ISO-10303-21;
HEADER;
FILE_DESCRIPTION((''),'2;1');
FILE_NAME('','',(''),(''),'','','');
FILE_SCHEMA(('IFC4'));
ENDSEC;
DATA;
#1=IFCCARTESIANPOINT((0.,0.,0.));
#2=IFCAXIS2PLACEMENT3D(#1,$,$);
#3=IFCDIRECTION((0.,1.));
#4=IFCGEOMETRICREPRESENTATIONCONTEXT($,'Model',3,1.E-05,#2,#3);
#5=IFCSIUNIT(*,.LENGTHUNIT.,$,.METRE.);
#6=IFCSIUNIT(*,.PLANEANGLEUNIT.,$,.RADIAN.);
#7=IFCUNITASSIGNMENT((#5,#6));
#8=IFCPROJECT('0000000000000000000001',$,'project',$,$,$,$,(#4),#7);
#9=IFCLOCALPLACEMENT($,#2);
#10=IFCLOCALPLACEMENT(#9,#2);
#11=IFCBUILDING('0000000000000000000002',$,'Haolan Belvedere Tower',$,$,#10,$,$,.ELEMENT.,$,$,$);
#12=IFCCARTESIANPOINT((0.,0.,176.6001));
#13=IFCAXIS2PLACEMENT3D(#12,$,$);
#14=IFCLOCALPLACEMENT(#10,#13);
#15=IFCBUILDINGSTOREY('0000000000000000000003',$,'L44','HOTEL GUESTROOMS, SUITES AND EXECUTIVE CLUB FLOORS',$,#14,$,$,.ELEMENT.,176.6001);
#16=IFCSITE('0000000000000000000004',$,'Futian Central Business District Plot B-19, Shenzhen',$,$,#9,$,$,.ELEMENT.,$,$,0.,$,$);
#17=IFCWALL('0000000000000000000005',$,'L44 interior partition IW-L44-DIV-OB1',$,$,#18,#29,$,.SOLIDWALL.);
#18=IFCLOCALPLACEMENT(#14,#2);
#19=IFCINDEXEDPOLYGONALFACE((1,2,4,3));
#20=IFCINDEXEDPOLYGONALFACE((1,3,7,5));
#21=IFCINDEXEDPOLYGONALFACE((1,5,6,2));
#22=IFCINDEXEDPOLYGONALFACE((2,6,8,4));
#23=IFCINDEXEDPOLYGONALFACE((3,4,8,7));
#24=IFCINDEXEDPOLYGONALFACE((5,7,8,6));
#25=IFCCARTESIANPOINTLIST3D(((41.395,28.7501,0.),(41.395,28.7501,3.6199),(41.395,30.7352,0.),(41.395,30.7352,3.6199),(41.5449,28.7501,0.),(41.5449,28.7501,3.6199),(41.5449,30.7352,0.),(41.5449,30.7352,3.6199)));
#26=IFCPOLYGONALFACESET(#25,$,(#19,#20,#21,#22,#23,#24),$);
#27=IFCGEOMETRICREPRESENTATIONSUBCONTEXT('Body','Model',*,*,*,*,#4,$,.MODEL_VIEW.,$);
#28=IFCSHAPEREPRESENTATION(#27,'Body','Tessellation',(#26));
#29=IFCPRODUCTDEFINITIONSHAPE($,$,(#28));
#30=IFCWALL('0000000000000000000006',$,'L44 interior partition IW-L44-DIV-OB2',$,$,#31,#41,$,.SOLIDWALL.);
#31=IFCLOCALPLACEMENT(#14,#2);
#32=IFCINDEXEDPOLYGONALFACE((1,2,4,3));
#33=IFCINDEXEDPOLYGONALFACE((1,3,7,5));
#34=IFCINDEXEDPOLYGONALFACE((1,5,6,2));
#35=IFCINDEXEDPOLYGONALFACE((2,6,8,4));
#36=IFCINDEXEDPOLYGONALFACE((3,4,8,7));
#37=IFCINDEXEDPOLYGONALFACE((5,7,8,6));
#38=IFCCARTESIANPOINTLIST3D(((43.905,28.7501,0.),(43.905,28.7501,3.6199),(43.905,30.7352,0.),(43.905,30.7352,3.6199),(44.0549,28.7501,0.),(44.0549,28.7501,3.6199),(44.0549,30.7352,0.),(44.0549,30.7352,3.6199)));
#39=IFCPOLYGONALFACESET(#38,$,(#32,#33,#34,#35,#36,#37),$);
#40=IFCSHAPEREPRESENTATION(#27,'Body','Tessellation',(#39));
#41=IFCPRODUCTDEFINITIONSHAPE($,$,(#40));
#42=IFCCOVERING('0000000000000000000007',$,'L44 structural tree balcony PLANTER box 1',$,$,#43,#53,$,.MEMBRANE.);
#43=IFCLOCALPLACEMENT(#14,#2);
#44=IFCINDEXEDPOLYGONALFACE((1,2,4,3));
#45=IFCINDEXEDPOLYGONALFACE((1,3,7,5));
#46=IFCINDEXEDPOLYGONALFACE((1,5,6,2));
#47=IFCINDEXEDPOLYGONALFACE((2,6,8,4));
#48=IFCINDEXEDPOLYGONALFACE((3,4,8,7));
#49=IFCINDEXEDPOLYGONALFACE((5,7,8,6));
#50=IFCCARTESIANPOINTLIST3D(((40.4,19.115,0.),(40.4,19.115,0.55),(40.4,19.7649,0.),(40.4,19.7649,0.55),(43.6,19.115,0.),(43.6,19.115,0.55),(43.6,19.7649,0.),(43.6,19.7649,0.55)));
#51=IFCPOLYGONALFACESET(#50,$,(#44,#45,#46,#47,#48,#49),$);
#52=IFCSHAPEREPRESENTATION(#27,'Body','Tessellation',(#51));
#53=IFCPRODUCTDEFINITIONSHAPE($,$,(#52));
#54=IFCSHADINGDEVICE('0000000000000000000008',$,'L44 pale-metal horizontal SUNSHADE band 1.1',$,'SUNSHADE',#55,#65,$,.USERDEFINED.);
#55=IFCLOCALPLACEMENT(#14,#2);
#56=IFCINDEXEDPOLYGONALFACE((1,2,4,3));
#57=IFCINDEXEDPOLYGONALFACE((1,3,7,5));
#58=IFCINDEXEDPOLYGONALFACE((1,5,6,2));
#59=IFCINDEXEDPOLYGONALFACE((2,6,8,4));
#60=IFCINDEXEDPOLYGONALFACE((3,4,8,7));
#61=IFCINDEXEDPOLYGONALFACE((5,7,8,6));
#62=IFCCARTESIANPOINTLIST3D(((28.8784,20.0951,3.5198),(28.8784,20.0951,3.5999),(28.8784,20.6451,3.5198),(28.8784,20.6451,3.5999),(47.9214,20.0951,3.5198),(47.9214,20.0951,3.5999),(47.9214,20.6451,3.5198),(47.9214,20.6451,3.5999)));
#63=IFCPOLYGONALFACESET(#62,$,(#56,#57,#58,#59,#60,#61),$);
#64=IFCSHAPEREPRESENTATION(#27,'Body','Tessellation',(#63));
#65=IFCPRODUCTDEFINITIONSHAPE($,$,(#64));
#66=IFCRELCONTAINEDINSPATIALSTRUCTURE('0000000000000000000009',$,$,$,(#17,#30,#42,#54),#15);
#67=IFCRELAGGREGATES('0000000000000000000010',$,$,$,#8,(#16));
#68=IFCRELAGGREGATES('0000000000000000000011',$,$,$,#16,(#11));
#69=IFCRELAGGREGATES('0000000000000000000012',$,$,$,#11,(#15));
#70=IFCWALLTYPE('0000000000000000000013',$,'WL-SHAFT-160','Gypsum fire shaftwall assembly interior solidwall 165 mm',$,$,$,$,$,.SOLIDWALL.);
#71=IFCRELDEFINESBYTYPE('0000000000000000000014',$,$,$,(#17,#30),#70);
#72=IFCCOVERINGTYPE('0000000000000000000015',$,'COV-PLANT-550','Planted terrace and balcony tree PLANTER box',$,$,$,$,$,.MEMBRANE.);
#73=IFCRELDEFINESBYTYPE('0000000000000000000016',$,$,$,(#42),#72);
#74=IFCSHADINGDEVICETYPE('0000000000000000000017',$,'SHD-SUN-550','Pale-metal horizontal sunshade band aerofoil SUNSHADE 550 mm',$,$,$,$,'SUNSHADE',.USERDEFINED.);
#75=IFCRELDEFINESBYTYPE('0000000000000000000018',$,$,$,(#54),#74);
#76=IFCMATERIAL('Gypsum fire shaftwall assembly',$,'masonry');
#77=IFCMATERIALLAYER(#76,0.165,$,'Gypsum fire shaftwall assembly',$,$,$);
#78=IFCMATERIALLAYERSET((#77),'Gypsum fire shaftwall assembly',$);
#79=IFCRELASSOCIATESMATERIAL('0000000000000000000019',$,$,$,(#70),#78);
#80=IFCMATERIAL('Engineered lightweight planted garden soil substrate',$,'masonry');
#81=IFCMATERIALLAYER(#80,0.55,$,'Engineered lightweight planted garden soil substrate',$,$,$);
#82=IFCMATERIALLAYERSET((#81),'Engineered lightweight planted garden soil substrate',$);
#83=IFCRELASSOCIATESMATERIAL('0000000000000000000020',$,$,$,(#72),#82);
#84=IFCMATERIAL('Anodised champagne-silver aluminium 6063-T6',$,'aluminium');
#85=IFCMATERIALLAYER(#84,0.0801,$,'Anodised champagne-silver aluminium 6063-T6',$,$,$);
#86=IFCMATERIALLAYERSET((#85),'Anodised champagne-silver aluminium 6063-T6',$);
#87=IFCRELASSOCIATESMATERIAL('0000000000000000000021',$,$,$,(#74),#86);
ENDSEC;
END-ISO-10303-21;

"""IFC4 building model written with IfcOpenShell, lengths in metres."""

from ifc_helpers import new_model, si_unit, direction, frame, frame_2d, origin, origin_2d, place, context, subcontext, project, spatial, rectangle, extrude, material, layer, layer_set, type_object, element, save


model = new_model("IFC4")

# Units and contexts
model_context = context("Model", 3, precision=1e-05, world=origin(), true_north=direction((0.0, 1.0)))
body_context = subcontext(model_context, "Body", "Model", "MODEL_VIEW")
ifc_project = project(units=[si_unit("LENGTHUNIT", "METRE"), si_unit("PLANEANGLEUNIT", "RADIAN")], contexts=[model_context])

# Site, building, storey
site_placement = place(None, origin())
site = spatial("IfcSite", under=ifc_project, at=site_placement, Name="Futian Central Business District Plot B-19, Shenzhen", CompositionType="ELEMENT", RefElevation=0.0)
building_placement = place(site_placement, origin())
building = spatial("IfcBuilding", under=site, at=building_placement, Name="Haolan Belvedere Tower", CompositionType="ELEMENT")
storey_placement = place(building_placement, frame((0.0, 0.0, 176.6001)))
storey = spatial("IfcBuildingStorey", under=building, at=storey_placement, Name="L44", Description="HOTEL GUESTROOMS, SUITES AND EXECUTIVE CLUB FLOORS", CompositionType="ELEMENT", Elevation=176.6001)

# Shared definitions
ifc_material_1 = material(Name="Gypsum fire shaftwall assembly", Category="masonry")
ifc_layer_1 = layer(ifc_material_1, 0.165, Name="Gypsum fire shaftwall assembly")
ifc_layer_set_1 = layer_set([ifc_layer_1], Name="Gypsum fire shaftwall assembly")
wall_type_1 = type_object("IfcWallType", Name="WL-SHAFT-160", Description="Gypsum fire shaftwall assembly interior solidwall 165 mm", PredefinedType="SOLIDWALL", material=ifc_layer_set_1)

# Walls
for number, where, z_axis, x_axis, name in (
    (1, (41.47, 28.75, 0.0), (0.0, 0.0, 1.0), (0.0, 1.0, 0.0), "L44 interior partition IW-L44-DIV-OB1"),
    (2, (43.98, 28.75, 0.0), (0.0, 0.0, 1.0), (0.0, 1.0, 0.0), "L44 interior partition IW-L44-DIV-OB2"),
):
    element("IfcWall", number, at=place(storey_placement, frame(where, z_axis=z_axis, x_axis=x_axis)), inside=storey, type_object=wall_type_1, Name=name, PredefinedType="SOLIDWALL", context=body_context, shape_type="SweptSolid", body=[
        extrude(rectangle(XDim=1.9851, YDim=0.1499, at=frame_2d((0.9927, 0.0))), origin(), (0.0, 0.0, 1.0), 3.6199),
    ])

# Covering
ifc_material_2 = material(Name="Engineered lightweight planted garden soil substrate", Category="masonry")
ifc_layer_2 = layer(ifc_material_2, 0.55, Name="Engineered lightweight planted garden soil substrate")
ifc_layer_set_2 = layer_set([ifc_layer_2], Name="Engineered lightweight planted garden soil substrate")
covering_type = type_object("IfcCoveringType", Name="COV-PLANT-550", Description="Planted terrace and balcony tree PLANTER box", PredefinedType="MEMBRANE", material=ifc_layer_set_2)
covering_placement = place(storey_placement, frame((42.0, 19.4399, 0.0), z_axis=(0.0, 0.0, 1.0), x_axis=(1.0, 0.0, 0.0)))
element("IfcCovering", 3, at=covering_placement, inside=storey, type_object=covering_type, Name="L44 structural tree balcony PLANTER box 1", PredefinedType="MEMBRANE", context=body_context, shape_type="SweptSolid", body=[
    extrude(rectangle(XDim=3.2, YDim=0.6499, at=origin_2d()), origin(), (0.0, 0.0, 1.0), 0.55),
])

# Shading device
ifc_material_3 = material(Name="Anodised champagne-silver aluminium 6063-T6", Category="aluminium")
ifc_layer_3 = layer(ifc_material_3, 0.0801, Name="Anodised champagne-silver aluminium 6063-T6")
ifc_layer_set_3 = layer_set([ifc_layer_3], Name="Anodised champagne-silver aluminium 6063-T6")
shading_device_type = type_object("IfcShadingDeviceType", Name="SHD-SUN-550", Description="Pale-metal horizontal sunshade band aerofoil SUNSHADE 550 mm", ElementType="SUNSHADE", PredefinedType="USERDEFINED", material=ifc_layer_set_3)
shading_device_placement = place(storey_placement, frame((38.3999, 20.3701, 3.5198), z_axis=(0.0, 0.0, 1.0), x_axis=(1.0, 0.0, 0.0)))
element("IfcShadingDevice", 4, at=shading_device_placement, inside=storey, type_object=shading_device_type, Name="L44 pale-metal horizontal SUNSHADE band 1.1", ObjectType="SUNSHADE", PredefinedType="USERDEFINED", context=body_context, shape_type="SweptSolid", body=[
    extrude(rectangle(XDim=19.043, YDim=0.55, at=origin_2d()), origin(), (0.0, 0.0, 1.0), 0.0801),
])

save(model, "model.ifc")
